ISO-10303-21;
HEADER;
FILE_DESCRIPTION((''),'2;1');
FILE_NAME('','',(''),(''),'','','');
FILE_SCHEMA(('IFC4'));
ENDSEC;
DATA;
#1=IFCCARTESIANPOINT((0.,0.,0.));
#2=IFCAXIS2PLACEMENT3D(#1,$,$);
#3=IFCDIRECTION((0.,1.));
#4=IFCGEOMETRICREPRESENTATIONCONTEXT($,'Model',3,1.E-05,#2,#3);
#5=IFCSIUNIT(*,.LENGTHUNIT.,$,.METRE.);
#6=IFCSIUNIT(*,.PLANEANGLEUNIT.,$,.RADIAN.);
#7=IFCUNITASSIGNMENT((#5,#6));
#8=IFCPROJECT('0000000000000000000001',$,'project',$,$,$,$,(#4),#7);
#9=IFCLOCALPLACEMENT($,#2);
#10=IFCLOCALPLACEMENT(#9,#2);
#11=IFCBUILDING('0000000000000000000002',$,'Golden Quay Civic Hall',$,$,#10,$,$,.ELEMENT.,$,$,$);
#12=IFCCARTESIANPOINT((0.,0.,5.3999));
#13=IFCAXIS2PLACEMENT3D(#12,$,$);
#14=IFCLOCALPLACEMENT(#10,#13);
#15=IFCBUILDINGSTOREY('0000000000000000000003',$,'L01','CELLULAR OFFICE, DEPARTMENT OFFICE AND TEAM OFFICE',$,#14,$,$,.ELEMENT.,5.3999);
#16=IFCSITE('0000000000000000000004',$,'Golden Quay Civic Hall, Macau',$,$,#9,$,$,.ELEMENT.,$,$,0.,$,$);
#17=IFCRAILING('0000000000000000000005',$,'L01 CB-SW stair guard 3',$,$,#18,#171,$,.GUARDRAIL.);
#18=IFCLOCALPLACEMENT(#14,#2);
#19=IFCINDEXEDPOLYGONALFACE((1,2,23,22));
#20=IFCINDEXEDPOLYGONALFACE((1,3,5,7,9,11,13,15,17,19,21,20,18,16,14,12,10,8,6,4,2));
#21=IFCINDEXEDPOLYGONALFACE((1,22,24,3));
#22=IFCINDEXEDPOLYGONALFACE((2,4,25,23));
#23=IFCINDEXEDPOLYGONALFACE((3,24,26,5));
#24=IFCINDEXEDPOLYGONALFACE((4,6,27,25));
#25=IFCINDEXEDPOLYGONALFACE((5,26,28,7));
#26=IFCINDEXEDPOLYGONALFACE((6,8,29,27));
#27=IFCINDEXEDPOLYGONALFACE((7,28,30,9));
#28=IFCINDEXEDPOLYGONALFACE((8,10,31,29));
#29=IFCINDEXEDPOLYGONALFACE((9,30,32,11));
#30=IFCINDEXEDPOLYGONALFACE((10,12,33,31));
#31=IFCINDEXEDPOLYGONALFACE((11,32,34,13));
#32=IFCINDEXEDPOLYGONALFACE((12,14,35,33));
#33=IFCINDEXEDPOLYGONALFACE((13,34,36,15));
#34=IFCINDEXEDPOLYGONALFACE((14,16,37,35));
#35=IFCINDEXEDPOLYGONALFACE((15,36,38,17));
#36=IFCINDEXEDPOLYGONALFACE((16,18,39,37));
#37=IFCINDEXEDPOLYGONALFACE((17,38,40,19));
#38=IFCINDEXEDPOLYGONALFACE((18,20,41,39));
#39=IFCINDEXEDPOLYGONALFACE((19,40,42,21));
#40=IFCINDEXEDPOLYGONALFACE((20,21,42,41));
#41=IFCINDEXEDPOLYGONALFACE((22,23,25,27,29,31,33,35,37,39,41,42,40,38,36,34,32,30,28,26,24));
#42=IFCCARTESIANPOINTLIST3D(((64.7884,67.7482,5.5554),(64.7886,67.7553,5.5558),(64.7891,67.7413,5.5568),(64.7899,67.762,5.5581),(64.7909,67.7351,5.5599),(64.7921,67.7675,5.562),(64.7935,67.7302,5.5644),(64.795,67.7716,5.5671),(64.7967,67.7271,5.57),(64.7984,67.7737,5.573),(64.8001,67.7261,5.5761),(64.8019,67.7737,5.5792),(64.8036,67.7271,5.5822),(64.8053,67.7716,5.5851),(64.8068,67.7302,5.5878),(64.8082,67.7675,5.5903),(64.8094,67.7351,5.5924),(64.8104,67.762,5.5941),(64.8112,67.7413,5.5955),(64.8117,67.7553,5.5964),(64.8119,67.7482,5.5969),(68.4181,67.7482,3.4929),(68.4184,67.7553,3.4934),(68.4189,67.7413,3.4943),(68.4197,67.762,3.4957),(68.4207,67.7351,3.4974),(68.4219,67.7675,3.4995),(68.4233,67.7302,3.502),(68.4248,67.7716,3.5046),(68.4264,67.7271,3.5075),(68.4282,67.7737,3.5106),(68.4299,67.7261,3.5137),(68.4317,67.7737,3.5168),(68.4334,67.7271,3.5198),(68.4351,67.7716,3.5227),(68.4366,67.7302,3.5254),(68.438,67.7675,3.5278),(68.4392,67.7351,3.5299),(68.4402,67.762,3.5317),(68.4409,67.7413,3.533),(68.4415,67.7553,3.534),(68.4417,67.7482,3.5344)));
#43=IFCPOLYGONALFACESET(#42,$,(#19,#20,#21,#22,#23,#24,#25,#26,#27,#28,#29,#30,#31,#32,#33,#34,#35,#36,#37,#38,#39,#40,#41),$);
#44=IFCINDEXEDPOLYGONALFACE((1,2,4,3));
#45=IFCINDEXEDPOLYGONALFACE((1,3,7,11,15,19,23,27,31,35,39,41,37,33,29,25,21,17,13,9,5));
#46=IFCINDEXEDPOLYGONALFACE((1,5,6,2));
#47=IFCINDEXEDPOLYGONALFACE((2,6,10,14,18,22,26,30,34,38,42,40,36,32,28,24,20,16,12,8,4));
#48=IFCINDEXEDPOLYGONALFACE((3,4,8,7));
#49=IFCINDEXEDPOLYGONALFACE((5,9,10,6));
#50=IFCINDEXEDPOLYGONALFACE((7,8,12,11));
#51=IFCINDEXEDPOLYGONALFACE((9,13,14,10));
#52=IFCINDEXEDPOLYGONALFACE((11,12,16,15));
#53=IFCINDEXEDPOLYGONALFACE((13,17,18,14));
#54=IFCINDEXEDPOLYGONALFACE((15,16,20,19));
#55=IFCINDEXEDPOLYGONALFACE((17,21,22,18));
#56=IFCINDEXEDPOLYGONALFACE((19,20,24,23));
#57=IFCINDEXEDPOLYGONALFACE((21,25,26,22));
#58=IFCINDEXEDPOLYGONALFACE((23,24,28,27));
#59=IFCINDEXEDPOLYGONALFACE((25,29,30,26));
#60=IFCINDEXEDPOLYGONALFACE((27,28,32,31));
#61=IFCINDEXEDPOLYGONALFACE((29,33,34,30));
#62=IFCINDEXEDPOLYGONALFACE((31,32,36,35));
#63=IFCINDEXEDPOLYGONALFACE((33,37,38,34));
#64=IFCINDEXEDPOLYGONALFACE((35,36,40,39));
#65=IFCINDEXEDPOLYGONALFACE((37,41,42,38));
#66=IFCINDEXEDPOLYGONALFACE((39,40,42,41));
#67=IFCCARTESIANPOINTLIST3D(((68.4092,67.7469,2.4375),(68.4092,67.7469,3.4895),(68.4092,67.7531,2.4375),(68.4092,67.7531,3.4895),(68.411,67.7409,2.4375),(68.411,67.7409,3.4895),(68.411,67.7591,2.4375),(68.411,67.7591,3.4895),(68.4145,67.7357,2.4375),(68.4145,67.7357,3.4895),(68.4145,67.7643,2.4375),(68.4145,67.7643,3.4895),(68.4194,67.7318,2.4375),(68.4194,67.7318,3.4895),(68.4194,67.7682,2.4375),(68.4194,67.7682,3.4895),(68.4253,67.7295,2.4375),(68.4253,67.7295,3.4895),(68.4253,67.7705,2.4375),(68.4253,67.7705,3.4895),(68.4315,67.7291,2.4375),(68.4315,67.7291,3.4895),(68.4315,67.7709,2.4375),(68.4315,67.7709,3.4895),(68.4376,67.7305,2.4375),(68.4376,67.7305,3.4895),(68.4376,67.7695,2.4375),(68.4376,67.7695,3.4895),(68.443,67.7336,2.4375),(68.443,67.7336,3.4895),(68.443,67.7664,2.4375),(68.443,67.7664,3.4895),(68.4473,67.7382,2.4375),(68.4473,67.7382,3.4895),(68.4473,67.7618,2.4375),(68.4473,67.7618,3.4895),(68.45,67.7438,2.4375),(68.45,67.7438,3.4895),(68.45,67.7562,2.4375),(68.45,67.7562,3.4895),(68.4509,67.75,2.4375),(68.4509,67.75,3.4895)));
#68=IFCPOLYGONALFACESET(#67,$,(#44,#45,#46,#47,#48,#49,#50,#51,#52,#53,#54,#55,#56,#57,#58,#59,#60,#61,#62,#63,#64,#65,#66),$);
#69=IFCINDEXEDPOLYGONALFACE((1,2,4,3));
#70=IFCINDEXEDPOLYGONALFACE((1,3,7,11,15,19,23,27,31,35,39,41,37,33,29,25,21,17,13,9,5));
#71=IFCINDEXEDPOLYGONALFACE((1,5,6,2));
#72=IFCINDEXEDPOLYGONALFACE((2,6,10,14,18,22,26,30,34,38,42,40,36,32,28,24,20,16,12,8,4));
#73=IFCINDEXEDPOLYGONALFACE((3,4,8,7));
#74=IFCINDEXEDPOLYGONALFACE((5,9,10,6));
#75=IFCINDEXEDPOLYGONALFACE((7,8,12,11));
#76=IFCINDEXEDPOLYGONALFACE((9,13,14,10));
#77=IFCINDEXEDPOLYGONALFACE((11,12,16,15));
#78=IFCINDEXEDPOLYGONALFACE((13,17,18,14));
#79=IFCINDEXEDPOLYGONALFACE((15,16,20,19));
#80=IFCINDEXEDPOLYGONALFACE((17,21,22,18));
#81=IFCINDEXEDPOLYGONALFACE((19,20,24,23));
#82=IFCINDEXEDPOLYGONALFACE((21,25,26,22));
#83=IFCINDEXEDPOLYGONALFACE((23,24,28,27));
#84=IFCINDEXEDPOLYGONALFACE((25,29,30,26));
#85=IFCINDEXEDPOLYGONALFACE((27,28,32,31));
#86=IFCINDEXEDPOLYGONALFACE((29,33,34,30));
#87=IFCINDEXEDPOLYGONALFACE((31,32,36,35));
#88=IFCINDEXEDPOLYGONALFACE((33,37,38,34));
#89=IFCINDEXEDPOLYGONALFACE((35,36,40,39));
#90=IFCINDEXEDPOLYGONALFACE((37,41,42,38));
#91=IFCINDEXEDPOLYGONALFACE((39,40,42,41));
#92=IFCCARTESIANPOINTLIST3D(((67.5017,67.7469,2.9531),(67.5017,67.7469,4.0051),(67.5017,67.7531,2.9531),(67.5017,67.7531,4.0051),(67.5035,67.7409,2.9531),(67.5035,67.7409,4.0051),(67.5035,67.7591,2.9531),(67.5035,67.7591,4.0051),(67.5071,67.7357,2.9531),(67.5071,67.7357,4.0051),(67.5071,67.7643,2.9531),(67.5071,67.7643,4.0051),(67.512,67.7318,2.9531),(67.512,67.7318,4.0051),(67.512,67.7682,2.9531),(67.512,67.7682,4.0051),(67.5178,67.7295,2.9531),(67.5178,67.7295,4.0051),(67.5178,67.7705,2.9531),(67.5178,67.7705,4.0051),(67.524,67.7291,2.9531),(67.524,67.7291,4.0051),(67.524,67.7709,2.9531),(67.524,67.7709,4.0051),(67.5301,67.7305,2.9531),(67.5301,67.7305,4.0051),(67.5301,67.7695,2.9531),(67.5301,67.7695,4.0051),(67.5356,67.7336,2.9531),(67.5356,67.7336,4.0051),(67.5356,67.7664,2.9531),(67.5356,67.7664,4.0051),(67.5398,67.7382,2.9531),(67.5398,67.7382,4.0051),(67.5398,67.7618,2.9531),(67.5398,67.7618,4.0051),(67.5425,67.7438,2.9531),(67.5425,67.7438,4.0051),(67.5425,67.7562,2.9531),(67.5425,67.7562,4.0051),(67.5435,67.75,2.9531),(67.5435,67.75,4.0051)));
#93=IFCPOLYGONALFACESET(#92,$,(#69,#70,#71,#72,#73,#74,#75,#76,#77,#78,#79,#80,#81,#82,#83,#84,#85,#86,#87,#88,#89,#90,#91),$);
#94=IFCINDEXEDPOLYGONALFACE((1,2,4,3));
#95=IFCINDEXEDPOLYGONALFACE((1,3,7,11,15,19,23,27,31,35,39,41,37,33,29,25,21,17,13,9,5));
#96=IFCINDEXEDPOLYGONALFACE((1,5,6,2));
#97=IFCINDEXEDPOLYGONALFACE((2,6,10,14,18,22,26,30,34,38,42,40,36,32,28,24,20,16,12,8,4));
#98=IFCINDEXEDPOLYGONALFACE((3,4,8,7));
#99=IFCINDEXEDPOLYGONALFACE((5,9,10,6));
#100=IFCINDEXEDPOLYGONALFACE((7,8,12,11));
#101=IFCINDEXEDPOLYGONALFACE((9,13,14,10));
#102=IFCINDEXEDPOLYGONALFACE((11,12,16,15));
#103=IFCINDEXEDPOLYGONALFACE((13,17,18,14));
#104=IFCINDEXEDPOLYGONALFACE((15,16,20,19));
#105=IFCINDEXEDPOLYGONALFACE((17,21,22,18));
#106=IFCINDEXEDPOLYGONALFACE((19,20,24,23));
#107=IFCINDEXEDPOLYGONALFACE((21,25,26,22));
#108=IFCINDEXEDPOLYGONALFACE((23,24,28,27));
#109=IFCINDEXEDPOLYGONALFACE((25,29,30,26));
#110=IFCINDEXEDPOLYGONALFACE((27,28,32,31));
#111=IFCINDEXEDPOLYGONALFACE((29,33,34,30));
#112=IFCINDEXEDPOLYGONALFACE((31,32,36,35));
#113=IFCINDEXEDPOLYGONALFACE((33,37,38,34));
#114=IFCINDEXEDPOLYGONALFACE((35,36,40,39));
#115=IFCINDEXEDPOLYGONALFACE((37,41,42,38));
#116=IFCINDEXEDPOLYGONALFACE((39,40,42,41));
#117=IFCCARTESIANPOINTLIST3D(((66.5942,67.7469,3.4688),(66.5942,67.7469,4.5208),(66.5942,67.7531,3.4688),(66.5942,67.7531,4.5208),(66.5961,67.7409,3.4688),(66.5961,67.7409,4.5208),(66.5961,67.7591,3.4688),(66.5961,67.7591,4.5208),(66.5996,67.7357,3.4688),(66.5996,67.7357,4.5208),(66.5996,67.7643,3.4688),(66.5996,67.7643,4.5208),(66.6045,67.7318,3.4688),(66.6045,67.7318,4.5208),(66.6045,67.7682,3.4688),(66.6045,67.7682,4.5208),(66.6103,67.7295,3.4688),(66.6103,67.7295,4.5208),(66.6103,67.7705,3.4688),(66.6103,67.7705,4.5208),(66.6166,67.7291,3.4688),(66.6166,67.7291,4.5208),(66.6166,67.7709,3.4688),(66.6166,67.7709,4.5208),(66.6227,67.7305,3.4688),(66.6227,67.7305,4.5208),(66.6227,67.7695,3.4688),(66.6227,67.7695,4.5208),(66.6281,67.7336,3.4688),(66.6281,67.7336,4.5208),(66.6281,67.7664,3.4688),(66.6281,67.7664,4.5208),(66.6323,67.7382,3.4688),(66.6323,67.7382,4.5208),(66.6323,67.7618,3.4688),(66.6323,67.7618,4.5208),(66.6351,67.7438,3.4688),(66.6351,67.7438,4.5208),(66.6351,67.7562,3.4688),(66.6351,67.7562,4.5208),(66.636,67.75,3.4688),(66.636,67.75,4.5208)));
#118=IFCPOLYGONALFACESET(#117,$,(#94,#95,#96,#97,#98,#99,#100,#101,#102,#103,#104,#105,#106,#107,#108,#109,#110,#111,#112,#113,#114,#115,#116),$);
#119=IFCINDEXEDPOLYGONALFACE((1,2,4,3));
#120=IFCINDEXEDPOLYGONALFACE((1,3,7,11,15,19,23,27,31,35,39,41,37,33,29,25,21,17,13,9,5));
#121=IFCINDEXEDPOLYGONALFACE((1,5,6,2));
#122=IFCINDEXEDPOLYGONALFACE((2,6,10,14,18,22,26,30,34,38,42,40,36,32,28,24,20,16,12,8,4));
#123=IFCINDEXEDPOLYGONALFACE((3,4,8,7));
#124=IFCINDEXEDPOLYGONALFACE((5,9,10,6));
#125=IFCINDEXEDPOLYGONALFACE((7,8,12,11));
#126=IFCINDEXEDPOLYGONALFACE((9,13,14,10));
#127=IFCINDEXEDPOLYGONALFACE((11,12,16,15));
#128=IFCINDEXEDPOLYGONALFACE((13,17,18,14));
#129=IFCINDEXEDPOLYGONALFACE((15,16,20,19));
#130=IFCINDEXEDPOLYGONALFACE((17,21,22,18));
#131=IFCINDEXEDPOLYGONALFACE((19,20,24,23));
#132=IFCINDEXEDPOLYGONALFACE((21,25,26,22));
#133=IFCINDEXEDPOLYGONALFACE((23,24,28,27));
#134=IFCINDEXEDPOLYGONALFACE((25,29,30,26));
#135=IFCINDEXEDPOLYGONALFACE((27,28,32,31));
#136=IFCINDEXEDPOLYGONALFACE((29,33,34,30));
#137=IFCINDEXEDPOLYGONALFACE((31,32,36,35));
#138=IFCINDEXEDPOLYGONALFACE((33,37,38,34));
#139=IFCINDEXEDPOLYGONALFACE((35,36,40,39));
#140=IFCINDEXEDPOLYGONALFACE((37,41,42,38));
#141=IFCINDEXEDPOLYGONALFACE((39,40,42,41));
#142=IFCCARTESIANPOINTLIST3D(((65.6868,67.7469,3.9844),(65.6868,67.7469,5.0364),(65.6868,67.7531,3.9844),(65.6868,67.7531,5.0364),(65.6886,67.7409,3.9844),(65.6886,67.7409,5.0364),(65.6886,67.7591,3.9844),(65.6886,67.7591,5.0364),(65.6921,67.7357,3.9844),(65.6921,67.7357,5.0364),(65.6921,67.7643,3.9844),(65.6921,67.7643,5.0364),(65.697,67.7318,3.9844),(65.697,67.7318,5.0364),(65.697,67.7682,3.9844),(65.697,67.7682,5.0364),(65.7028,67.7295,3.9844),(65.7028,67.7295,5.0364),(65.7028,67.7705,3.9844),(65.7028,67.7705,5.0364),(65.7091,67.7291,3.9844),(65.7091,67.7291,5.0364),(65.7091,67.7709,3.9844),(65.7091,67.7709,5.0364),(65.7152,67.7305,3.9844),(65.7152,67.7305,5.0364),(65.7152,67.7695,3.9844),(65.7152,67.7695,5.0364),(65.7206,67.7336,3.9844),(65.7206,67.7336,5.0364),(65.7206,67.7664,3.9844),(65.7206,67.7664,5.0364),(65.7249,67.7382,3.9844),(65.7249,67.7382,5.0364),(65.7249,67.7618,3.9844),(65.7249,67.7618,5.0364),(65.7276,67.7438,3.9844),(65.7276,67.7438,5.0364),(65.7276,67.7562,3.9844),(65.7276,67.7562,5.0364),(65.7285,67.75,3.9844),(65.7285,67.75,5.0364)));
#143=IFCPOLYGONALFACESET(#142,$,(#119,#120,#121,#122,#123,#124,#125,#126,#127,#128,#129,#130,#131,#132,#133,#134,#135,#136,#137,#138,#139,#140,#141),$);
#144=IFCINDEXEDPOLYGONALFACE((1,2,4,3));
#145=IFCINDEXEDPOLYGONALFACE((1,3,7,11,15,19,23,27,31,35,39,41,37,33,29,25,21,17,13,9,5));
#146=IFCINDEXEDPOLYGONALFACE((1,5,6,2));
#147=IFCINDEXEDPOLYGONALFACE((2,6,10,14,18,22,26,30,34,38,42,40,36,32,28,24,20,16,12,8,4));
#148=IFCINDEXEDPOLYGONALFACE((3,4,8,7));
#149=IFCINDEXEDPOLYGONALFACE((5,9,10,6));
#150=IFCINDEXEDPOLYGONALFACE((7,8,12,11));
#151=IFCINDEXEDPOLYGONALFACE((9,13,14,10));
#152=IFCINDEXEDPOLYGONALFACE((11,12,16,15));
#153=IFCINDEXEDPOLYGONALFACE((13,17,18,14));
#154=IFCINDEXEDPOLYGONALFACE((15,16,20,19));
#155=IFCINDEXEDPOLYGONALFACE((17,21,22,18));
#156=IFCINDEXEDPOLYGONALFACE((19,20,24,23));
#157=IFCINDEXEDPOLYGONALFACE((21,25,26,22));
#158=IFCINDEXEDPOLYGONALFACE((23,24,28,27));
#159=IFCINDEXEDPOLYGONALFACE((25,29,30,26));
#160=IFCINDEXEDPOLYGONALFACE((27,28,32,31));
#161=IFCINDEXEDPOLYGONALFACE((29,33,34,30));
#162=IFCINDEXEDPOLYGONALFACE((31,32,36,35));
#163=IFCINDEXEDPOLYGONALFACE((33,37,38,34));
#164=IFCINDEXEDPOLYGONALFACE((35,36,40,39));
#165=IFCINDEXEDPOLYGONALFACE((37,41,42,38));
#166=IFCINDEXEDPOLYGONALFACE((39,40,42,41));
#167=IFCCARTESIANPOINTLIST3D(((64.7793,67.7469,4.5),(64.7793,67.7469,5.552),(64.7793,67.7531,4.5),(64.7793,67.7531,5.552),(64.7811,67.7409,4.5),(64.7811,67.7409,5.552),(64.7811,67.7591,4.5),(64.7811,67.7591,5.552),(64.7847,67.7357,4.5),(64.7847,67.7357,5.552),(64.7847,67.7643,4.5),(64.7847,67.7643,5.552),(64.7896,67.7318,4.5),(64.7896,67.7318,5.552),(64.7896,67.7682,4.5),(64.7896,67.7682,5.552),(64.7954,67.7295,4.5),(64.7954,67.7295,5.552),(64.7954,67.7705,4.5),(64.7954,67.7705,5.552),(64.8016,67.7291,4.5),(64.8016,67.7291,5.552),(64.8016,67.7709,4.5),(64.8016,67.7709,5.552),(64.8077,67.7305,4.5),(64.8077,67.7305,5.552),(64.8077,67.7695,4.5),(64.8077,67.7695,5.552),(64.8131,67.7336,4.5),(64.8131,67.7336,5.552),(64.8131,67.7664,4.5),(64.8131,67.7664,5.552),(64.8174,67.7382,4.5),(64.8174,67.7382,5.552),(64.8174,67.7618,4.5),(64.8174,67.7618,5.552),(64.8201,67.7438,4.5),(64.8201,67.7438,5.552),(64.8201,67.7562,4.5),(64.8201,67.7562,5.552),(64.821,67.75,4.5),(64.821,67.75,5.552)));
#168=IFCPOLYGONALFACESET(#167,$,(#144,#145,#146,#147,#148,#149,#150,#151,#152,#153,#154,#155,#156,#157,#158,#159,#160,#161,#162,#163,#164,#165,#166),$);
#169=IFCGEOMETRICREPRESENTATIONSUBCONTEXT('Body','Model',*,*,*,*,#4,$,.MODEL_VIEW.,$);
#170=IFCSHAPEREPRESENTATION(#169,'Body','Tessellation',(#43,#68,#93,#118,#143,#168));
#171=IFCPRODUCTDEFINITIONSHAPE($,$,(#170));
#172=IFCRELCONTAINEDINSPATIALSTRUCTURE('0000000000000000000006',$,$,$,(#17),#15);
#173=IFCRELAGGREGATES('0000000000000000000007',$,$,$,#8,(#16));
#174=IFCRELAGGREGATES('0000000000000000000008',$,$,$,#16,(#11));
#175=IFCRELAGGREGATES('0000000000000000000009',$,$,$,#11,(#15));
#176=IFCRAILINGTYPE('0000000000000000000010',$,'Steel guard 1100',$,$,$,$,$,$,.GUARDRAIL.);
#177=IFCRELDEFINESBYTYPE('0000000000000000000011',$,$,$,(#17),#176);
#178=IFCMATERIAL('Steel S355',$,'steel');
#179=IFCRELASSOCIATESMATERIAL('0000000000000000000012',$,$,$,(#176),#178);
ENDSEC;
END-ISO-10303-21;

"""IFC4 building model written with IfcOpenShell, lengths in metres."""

from ifc_helpers import new_model, si_unit, direction, frame, origin, origin_2d, place, context, subcontext, project, spatial, circle, extrude, material, type_object, element, save


model = new_model("IFC4")

# Units and contexts
model_context = context("Model", 3, precision=1e-05, world=origin(), true_north=direction((0.0, 1.0)))
body_context = subcontext(model_context, "Body", "Model", "MODEL_VIEW")
ifc_project = project(units=[si_unit("LENGTHUNIT", "METRE"), si_unit("PLANEANGLEUNIT", "RADIAN")], contexts=[model_context])

# Site, building, storey
site_placement = place(None, origin())
site = spatial("IfcSite", under=ifc_project, at=site_placement, Name="Golden Quay Civic Hall, Macau", CompositionType="ELEMENT", RefElevation=0.0)
building_placement = place(site_placement, origin())
building = spatial("IfcBuilding", under=site, at=building_placement, Name="Golden Quay Civic Hall", CompositionType="ELEMENT")
storey_placement = place(building_placement, frame((0.0, 0.0, 5.3999)))
storey = spatial("IfcBuildingStorey", under=building, at=storey_placement, Name="L01", Description="CELLULAR OFFICE, DEPARTMENT OFFICE AND TEAM OFFICE", CompositionType="ELEMENT", Elevation=5.3999)

# Railing
ifc_material_1 = material(Name="Steel S355", Category="steel")
railing_type_1 = type_object("IfcRailingType", Name="Steel guard 1100", PredefinedType="GUARDRAIL", material=ifc_material_1)
railing_1_placement = place(storey_placement, frame((68.4299, 67.75, 2.4375)))
element("IfcRailing", 1, at=railing_1_placement, inside=storey, type_object=railing_type_1, Name="L01 CB-SW stair guard 3", PredefinedType="GUARDRAIL", context=body_context, shape_type="SweptSolid", body=[
    extrude(circle(Radius=0.0239, at=origin_2d()), frame((0.0, 0.0, 1.0762), z_axis=(-0.86945, 0.0, 0.494021), x_axis=(0.0, -1.0, 0.0)), (0.0, 0.0, 1.0), 4.1748),
    extrude(circle(Radius=0.021, at=origin_2d()), origin(), (0.0, 0.0, 1.0), 1.052),
    extrude(circle(Radius=0.021, at=origin_2d()), frame((-0.9075, 0.0, 0.5156)), (0.0, 0.0, 1.0), 1.052),
    extrude(circle(Radius=0.021, at=origin_2d()), frame((-1.8149, 0.0, 1.0312)), (0.0, 0.0, 1.0), 1.052),
    extrude(circle(Radius=0.021, at=origin_2d()), frame((-2.7224, 0.0, 1.5469)), (0.0, 0.0, 1.0), 1.052),
    extrude(circle(Radius=0.021, at=origin_2d()), frame((-3.6299, 0.0, 2.0625)), (0.0, 0.0, 1.0), 1.052),
])

save(model, "model.ifc")
